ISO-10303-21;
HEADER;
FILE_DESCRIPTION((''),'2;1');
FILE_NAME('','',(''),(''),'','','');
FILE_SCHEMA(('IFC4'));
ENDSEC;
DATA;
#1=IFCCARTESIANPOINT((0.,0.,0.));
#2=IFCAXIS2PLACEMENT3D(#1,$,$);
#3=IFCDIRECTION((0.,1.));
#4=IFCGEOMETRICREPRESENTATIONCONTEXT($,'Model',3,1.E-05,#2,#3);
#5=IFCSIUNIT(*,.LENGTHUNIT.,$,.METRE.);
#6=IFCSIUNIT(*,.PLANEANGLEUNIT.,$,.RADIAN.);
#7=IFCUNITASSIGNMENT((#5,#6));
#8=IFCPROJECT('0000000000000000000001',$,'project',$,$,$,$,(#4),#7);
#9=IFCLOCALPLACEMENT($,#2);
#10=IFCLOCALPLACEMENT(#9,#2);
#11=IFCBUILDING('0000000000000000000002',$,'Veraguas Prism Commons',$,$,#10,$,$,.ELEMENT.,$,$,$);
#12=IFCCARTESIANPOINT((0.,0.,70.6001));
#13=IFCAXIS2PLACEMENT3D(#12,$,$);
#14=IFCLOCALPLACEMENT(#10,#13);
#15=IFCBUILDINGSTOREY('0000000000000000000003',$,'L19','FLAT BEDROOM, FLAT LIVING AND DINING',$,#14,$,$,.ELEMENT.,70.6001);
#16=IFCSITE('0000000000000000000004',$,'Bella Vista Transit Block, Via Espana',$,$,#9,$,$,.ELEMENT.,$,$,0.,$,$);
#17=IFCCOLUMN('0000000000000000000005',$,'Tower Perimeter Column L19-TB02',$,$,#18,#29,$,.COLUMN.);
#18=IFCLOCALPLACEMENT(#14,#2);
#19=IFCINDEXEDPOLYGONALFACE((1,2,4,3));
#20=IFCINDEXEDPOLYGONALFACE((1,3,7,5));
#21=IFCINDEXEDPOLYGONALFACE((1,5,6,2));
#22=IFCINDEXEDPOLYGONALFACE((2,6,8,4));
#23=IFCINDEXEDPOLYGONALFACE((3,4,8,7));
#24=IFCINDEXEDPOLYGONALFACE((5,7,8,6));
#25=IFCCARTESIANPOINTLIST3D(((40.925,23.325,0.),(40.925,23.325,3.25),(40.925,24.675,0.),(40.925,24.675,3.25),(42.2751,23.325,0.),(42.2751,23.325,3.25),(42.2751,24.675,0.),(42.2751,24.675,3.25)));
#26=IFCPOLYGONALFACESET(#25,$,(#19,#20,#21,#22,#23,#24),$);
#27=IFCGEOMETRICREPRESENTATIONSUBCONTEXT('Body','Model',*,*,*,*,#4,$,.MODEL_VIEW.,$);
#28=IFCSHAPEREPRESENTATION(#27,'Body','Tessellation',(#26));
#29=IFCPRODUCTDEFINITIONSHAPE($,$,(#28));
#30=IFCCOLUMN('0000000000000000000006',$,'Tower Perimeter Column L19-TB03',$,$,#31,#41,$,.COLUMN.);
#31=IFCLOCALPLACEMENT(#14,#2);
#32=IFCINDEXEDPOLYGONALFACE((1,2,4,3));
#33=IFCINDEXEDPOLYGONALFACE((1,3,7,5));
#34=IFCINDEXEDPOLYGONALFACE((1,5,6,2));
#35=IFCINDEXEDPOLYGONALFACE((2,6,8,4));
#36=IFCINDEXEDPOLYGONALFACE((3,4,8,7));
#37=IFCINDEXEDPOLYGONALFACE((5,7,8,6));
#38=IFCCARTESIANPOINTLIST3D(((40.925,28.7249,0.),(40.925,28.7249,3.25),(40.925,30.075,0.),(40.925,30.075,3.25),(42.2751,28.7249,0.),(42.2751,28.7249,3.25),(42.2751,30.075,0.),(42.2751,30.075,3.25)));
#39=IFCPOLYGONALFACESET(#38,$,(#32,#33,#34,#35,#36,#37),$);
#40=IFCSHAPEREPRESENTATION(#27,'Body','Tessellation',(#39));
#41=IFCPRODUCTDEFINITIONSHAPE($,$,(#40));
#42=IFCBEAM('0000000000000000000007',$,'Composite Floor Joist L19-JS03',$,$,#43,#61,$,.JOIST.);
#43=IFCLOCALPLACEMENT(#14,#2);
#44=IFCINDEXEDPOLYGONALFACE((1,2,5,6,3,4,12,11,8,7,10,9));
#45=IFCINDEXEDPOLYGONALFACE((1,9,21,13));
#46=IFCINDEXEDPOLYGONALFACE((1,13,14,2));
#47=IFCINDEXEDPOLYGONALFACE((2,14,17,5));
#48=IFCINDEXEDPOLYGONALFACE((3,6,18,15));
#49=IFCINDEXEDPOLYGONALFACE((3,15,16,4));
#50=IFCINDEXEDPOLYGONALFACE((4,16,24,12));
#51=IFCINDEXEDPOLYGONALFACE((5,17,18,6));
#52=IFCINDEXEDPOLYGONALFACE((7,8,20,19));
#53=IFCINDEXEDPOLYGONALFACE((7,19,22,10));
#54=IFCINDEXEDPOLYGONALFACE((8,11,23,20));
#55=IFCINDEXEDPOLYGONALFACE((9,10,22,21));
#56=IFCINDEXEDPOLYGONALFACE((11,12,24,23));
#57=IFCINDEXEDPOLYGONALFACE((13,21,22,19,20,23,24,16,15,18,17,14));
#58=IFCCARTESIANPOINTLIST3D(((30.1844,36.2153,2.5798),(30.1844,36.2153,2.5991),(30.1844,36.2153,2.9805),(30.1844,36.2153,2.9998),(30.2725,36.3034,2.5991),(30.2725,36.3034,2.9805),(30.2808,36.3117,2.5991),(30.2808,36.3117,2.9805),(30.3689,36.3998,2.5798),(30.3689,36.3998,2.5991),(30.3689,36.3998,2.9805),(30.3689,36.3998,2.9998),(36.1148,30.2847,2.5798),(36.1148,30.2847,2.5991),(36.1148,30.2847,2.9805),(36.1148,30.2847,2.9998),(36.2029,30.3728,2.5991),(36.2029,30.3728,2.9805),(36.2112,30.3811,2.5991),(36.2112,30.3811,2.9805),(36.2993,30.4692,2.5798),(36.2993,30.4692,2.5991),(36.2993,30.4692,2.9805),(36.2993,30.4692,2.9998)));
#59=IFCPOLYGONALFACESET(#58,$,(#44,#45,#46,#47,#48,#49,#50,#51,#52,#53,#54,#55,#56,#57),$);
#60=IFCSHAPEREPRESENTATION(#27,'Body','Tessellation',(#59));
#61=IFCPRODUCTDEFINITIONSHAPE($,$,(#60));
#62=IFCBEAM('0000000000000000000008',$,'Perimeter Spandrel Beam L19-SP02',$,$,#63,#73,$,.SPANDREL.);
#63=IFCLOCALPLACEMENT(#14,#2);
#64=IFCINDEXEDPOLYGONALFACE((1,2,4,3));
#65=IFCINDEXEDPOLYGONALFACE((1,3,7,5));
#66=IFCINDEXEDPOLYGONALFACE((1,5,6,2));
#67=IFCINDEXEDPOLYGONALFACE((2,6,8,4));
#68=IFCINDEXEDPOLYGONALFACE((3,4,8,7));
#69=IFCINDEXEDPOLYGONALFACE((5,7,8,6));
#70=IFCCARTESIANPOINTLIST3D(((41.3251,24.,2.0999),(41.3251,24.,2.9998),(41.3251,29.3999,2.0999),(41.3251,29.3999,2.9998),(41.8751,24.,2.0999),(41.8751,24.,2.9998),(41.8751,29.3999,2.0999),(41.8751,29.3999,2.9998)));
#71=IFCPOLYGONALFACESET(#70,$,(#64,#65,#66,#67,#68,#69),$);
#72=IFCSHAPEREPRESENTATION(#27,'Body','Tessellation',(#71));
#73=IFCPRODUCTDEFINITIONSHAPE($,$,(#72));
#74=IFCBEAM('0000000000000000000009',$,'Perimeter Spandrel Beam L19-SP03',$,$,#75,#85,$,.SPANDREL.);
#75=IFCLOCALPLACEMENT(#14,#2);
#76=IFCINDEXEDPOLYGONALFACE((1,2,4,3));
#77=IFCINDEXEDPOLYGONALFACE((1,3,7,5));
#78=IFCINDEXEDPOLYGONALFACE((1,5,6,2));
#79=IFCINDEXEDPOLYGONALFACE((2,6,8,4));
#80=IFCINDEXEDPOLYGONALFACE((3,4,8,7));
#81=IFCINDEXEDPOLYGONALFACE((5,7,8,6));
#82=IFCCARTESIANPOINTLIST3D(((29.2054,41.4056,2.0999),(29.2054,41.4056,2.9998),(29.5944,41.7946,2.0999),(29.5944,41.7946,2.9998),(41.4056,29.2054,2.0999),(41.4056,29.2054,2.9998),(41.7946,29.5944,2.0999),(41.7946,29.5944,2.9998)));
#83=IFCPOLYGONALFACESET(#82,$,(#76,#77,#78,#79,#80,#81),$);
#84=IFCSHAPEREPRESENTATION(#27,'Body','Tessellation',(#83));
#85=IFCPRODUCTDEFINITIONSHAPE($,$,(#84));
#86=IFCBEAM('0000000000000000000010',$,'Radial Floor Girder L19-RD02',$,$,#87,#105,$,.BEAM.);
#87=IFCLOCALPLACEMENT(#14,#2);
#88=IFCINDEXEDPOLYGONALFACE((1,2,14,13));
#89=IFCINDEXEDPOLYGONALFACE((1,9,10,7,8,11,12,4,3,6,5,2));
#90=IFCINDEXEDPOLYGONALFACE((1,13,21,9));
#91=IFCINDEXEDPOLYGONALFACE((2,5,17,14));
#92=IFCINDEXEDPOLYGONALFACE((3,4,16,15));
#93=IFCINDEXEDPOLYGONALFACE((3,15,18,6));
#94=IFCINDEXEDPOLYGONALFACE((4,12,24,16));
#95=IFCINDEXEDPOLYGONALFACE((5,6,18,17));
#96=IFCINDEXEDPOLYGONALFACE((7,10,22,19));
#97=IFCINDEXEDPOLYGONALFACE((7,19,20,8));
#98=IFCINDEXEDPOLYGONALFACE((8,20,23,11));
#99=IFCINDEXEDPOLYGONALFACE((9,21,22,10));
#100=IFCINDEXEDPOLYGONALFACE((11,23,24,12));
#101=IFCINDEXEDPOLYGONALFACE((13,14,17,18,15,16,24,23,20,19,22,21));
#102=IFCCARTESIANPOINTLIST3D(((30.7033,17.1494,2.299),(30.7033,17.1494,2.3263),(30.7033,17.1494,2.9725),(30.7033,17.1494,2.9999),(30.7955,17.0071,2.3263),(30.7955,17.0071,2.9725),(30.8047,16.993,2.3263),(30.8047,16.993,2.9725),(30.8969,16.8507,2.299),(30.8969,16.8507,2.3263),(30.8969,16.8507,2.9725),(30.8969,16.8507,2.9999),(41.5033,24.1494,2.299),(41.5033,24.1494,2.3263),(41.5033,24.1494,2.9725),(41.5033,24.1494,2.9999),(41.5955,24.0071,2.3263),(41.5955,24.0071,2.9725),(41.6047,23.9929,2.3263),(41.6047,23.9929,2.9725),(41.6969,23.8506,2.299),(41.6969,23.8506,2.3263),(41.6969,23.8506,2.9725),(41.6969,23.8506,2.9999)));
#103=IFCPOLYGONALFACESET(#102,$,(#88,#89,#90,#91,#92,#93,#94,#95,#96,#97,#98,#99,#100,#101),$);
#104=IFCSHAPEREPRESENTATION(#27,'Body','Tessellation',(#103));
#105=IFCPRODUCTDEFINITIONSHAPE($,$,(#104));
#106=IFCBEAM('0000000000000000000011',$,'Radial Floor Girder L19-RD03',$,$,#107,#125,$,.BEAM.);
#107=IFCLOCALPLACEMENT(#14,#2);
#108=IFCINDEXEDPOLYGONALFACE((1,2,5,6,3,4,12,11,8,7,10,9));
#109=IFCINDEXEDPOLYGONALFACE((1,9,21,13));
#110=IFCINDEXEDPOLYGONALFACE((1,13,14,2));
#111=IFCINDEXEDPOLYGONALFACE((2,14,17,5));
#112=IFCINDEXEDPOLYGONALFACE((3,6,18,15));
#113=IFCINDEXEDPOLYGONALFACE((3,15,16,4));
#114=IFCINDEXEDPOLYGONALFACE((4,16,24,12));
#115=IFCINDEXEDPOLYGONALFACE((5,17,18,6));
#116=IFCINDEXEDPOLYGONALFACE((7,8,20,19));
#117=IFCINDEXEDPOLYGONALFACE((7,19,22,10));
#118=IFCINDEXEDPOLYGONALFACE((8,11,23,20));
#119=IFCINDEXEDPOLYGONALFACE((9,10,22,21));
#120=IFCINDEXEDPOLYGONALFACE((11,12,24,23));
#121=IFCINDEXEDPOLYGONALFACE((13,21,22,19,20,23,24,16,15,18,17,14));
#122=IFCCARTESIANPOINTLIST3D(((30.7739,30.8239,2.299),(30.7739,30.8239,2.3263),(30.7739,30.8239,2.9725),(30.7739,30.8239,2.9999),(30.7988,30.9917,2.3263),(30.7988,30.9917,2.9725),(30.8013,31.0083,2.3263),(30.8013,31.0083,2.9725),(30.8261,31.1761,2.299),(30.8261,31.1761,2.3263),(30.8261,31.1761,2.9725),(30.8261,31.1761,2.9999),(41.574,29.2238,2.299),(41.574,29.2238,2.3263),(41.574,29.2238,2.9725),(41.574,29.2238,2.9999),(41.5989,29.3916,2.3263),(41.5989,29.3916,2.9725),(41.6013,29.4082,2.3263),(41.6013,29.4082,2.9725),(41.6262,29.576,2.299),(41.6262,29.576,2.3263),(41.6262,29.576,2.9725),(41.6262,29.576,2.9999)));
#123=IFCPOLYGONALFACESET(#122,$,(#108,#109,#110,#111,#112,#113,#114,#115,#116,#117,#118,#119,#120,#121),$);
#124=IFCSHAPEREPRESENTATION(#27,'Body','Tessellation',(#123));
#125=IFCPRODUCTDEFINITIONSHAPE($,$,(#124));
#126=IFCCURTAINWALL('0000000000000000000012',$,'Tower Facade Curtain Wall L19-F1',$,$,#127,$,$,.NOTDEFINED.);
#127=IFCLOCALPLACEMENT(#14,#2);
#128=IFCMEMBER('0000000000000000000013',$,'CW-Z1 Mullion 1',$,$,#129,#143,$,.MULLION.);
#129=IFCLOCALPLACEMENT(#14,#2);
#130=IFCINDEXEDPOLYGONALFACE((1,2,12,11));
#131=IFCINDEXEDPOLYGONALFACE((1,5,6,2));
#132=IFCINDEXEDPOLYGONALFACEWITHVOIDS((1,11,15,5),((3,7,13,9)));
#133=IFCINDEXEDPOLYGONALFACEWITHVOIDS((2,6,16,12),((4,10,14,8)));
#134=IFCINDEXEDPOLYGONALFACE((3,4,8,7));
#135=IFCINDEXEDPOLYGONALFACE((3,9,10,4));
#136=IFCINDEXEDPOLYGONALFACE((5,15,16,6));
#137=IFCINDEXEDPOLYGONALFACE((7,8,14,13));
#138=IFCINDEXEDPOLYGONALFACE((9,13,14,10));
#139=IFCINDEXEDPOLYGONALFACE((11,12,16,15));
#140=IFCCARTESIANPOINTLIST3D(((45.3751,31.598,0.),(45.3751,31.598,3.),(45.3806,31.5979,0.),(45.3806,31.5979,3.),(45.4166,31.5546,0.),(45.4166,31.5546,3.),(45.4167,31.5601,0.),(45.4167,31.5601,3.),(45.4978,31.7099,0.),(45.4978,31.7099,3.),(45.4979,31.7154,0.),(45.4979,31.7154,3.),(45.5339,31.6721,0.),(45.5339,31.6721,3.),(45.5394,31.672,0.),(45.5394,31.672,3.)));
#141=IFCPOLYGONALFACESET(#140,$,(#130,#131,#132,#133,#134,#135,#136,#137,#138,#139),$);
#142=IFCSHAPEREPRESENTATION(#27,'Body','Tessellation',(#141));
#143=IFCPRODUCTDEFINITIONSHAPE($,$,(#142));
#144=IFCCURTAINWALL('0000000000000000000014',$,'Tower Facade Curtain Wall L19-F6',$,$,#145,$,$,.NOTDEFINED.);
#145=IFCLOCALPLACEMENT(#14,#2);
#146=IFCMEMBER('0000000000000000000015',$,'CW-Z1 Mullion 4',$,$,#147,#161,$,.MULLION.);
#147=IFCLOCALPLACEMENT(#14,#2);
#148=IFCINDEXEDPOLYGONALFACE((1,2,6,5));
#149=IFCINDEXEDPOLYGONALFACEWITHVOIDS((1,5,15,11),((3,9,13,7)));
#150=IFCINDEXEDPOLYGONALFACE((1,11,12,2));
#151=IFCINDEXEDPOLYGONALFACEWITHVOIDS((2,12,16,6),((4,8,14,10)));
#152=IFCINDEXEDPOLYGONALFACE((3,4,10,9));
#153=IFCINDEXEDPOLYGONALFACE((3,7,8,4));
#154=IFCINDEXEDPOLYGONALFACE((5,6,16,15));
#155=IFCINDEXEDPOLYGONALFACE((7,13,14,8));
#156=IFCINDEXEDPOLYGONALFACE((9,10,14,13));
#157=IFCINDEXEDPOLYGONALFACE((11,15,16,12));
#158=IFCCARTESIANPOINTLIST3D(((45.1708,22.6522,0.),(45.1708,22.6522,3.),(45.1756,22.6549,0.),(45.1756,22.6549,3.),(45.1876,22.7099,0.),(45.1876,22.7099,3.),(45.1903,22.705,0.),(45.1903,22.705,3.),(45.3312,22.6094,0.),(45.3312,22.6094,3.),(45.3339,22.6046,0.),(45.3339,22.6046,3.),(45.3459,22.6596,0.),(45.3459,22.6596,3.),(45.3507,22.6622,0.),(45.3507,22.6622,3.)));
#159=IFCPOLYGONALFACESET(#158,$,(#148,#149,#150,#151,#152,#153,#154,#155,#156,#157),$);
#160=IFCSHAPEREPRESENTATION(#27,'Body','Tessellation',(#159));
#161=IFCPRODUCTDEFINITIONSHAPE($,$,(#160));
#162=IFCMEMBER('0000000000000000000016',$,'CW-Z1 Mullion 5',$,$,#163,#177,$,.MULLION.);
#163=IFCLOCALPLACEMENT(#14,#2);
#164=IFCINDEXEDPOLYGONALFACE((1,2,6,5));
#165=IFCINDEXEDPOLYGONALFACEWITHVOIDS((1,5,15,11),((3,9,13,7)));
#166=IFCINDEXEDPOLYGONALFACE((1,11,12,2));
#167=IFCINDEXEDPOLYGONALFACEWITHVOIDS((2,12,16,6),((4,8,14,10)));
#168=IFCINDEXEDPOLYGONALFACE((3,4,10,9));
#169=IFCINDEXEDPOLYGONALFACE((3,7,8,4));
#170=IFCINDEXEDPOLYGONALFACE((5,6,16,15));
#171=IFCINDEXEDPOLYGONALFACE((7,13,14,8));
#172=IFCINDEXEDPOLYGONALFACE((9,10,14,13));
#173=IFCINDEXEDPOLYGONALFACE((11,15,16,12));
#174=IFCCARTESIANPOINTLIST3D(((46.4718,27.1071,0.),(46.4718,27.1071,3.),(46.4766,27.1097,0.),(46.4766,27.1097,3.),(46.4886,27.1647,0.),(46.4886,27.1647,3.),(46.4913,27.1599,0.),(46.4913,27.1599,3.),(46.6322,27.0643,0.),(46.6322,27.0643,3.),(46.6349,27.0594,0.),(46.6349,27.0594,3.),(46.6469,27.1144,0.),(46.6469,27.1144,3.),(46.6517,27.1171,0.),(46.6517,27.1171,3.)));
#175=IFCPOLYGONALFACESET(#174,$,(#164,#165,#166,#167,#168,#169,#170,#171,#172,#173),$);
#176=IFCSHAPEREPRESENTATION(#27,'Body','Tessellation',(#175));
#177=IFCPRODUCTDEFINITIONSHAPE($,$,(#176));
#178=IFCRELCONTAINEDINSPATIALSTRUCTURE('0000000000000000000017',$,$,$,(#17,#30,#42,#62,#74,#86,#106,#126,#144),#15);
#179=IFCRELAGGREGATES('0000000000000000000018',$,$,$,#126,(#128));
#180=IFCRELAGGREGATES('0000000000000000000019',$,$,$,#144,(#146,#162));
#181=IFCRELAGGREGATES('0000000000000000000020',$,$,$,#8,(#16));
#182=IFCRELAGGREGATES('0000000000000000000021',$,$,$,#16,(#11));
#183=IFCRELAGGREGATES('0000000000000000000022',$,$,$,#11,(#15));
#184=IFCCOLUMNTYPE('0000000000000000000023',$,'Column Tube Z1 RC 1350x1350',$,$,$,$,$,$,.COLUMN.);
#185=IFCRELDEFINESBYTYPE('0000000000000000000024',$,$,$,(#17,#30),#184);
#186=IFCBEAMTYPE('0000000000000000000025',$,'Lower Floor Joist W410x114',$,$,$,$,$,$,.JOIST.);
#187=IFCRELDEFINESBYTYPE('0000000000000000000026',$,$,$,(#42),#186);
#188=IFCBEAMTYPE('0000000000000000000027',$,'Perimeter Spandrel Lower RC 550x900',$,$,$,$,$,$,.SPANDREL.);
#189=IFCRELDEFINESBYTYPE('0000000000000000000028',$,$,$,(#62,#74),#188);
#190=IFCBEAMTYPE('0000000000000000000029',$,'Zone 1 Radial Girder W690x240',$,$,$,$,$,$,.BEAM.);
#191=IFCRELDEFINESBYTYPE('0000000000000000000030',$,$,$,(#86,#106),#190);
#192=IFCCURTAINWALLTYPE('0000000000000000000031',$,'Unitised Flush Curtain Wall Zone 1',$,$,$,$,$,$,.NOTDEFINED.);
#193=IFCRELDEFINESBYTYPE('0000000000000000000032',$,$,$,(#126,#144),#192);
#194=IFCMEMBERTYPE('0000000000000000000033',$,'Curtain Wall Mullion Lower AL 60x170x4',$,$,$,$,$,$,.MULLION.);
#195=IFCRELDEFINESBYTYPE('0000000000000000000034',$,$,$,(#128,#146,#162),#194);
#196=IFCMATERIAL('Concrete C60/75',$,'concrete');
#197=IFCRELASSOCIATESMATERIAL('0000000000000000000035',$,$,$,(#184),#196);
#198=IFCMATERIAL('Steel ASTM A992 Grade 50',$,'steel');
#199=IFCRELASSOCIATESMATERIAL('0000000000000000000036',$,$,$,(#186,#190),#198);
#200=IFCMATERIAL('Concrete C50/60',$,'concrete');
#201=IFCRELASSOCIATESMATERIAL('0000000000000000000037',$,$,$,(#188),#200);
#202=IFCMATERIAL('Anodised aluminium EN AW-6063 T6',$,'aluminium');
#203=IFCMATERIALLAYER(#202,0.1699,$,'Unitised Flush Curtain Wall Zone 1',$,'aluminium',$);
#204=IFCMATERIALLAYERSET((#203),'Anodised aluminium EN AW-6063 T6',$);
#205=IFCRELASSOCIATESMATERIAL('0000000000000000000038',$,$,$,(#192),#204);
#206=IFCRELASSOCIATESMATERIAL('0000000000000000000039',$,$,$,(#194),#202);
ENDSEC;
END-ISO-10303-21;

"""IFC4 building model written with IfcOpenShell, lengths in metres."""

from ifc_helpers import new_model, si_unit, direction, frame, origin, origin_2d, place, context, subcontext, project, spatial, rectangle, hollow_rectangle, i_section, extrude, source, transform, mapped, material, layer, layer_set, material_profile, profile_set, type_object, element, aggregate, save


model = new_model("IFC4")

# Units and contexts
model_context = context("Model", 3, precision=1e-05, world=origin(), true_north=direction((0.0, 1.0)))
body_context = subcontext(model_context, "Body", "Model", "MODEL_VIEW")
ifc_project = project(units=[si_unit("LENGTHUNIT", "METRE"), si_unit("PLANEANGLEUNIT", "RADIAN")], contexts=[model_context])

# Site, building, storey
site_placement = place(None, origin())
site = spatial("IfcSite", under=ifc_project, at=site_placement, Name="Bella Vista Transit Block, Via Espana", CompositionType="ELEMENT", RefElevation=0.0)
building_placement = place(site_placement, origin())
building = spatial("IfcBuilding", under=site, at=building_placement, Name="Veraguas Prism Commons", CompositionType="ELEMENT")
storey_placement = place(building_placement, frame((0.0, 0.0, 70.6001)))
storey = spatial("IfcBuildingStorey", under=building, at=storey_placement, Name="L19", Description="FLAT BEDROOM, FLAT LIVING AND DINING", CompositionType="ELEMENT", Elevation=70.6001)

# Columns
ifc_material_1 = material(Name="Concrete C60/75", Category="concrete")
ifc_material_profile_1 = material_profile(ifc_material_1, rectangle(XDim=1.3501, YDim=1.3501, at=origin_2d()), Name="RC1350X1350")
ifc_profile_set_1 = profile_set([ifc_material_profile_1], Name="Concrete C60/75")
column_type = type_object("IfcColumnType", Name="Column Tube Z1 RC 1350x1350", PredefinedType="COLUMN", material=ifc_profile_set_1)
for number, where, z_axis, x_axis, name in (
    (1, (41.6001, 24.0, 0.0), (0.0, 0.0, 1.0), (1.0, 0.0, 0.0), "Tower Perimeter Column L19-TB02"),
    (2, (41.6001, 29.3999, 0.0), (0.0, 0.0, 1.0), (1.0, 0.0, 0.0), "Tower Perimeter Column L19-TB03"),
):
    element("IfcColumn", number, at=place(storey_placement, frame(where, z_axis=z_axis, x_axis=x_axis)), inside=storey, type_object=column_type, Name=name, PredefinedType="COLUMN", context=body_context, shape_type="SweptSolid", body=[
        extrude(rectangle(XDim=1.3501, YDim=1.3501, at=origin_2d()), origin(), (0.0, 0.0, 1.0), 3.25),
    ])

# Beams
ifc_material_2 = material(Name="Steel ASTM A992 Grade 50", Category="steel")
ifc_material_profile_2 = material_profile(ifc_material_2, i_section(OverallWidth=0.261, OverallDepth=0.4199, WebThickness=0.0117, FlangeThickness=0.0193, at=origin_2d()), Name="W410X114")
ifc_profile_set_2 = profile_set([ifc_material_profile_2], Name="Steel ASTM A992 Grade 50")
beam_type_1 = type_object("IfcBeamType", Name="Lower Floor Joist W410x114", PredefinedType="JOIST", material=ifc_profile_set_2)
beam_1_placement = place(storey_placement, frame((36.207, 30.377, 2.7898), z_axis=(-0.707092, 0.707121, 0.0), x_axis=(-0.707121, -0.707092, 0.0)))
element("IfcBeam", 3, at=beam_1_placement, inside=storey, type_object=beam_type_1, Name="Composite Floor Joist L19-JS03", PredefinedType="JOIST", context=body_context, shape_type="SweptSolid", body=[
    extrude(i_section(OverallWidth=0.261, OverallDepth=0.4199, WebThickness=0.0117, FlangeThickness=0.0193, at=origin_2d()), origin(), (0.0, 0.0, 1.0), 8.387),
])
ifc_material_3 = material(Name="Concrete C50/60", Category="concrete")
ifc_material_profile_3 = material_profile(ifc_material_3, rectangle(XDim=0.55, YDim=0.8999, at=origin_2d()), Name="RC550X900")
ifc_profile_set_3 = profile_set([ifc_material_profile_3], Name="Concrete C50/60")
beam_type_2 = type_object("IfcBeamType", Name="Perimeter Spandrel Lower RC 550x900", PredefinedType="SPANDREL", material=ifc_profile_set_3)
beam_2_placement = place(storey_placement, frame((41.6001, 24.0, 2.5498), z_axis=(0.0, 1.0, 0.0), x_axis=(-1.0, 0.0, 0.0)))
element("IfcBeam", 4, at=beam_2_placement, inside=storey, type_object=beam_type_2, Name="Perimeter Spandrel Beam L19-SP02", PredefinedType="SPANDREL", context=body_context, shape_type="SweptSolid", body=[
    extrude(rectangle(XDim=0.55, YDim=0.8999, at=origin_2d()), origin(), (0.0, 0.0, 1.0), 5.3999),
])
beam_3_placement = place(storey_placement, frame((41.6001, 29.3999, 2.5498), z_axis=(-0.707107, 0.707107, 0.0), x_axis=(-0.707107, -0.707107, 0.0)))
element("IfcBeam", 5, at=beam_3_placement, inside=storey, type_object=beam_type_2, Name="Perimeter Spandrel Beam L19-SP03", PredefinedType="SPANDREL", context=body_context, shape_type="SweptSolid", body=[
    extrude(rectangle(XDim=0.55, YDim=0.8999, at=origin_2d()), origin(), (0.0, 0.0, 1.0), 17.2537),
])
ifc_material_profile_4 = material_profile(ifc_material_2, i_section(OverallWidth=0.356, OverallDepth=0.7009, WebThickness=0.0168, FlangeThickness=0.0273, at=origin_2d()), Name="W690X240")
ifc_profile_set_4 = profile_set([ifc_material_profile_4], Name="Steel ASTM A992 Grade 50")
beam_type_3 = type_object("IfcBeamType", Name="Zone 1 Radial Girder W690x240", PredefinedType="BEAM", material=ifc_profile_set_4)
beam_4_placement = place(storey_placement, frame((41.6001, 24.0, 2.6494), z_axis=(-0.839154, -0.543894, 0.0), x_axis=(0.543894, -0.839154, 0.0)))
element("IfcBeam", 6, at=beam_4_placement, inside=storey, type_object=beam_type_3, Name="Radial Floor Girder L19-RD02", PredefinedType="BEAM", context=body_context, shape_type="SweptSolid", body=[
    extrude(i_section(OverallWidth=0.356, OverallDepth=0.7009, WebThickness=0.0168, FlangeThickness=0.0273, at=origin_2d()), origin(), (0.0, 0.0, 1.0), 12.8701),
])
beam_5_placement = place(storey_placement, frame((41.6001, 29.3999, 2.6494), z_axis=(-0.989202, 0.146557, 0.0), x_axis=(-0.146557, -0.989202, 0.0)))
element("IfcBeam", 7, at=beam_5_placement, inside=storey, type_object=beam_type_3, Name="Radial Floor Girder L19-RD03", PredefinedType="BEAM", context=body_context, shape_type="SweptSolid", body=[
    extrude(i_section(OverallWidth=0.356, OverallDepth=0.7009, WebThickness=0.0168, FlangeThickness=0.0273, at=origin_2d()), origin(), (0.0, 0.0, 1.0), 10.918),
])

# Curtain wall, member
ifc_material_4 = material(Name="Anodised aluminium EN AW-6063 T6", Category="aluminium")
ifc_layer_1 = layer(ifc_material_4, 0.1699, Name="Unitised Flush Curtain Wall Zone 1", Category="aluminium")
ifc_layer_set_1 = layer_set([ifc_layer_1], Name="Anodised aluminium EN AW-6063 T6")
curtain_wall_type = type_object("IfcCurtainWallType", Name="Unitised Flush Curtain Wall Zone 1", PredefinedType="NOTDEFINED", material=ifc_layer_set_1)
curtain_wall_1_placement = place(storey_placement, origin())
curtain_wall_1 = element("IfcCurtainWall", 8, at=curtain_wall_1_placement, inside=storey, type_object=curtain_wall_type, Name="Tower Facade Curtain Wall L19-F1", PredefinedType="NOTDEFINED")
ifc_material_profile_5 = material_profile(ifc_material_4, hollow_rectangle(XDim=0.0601, YDim=0.1699, WallThickness=0.0039, at=origin_2d()), Name="AL60X170X4")
ifc_profile_set_5 = profile_set([ifc_material_profile_5], Name="Anodised aluminium EN AW-6063 T6")
member_type = type_object("IfcMemberType", Name="Curtain Wall Mullion Lower AL 60x170x4", PredefinedType="MULLION", material=ifc_profile_set_5)
shared_shape_1 = source(origin(), body_context, "Body", "SweptSolid", [
    extrude(hollow_rectangle(XDim=0.0601, YDim=0.1699, WallThickness=0.0039, at=origin_2d()), origin(), (0.0, 0.0, 1.0), 3.0),
])
member_1_placement = place(storey_placement, frame((45.4573, 31.635, 0.0), z_axis=(0.0, 0.0, 1.0), x_axis=(-0.691136, 0.722725, 0.0)))
member_1 = element("IfcMember", 9, at=member_1_placement, type_object=member_type, Name="CW-Z1 Mullion 1", PredefinedType="MULLION", context=body_context, shape_type="MappedRepresentation", body=[
    mapped(shared_shape_1, transform((0.0, 0.0, 0.0), scale=1.0)),
])
aggregate(curtain_wall_1, [member_1])

# Curtain wall, members
curtain_wall_2_placement = place(storey_placement, origin())
curtain_wall_2 = element("IfcCurtainWall", 10, at=curtain_wall_2_placement, inside=storey, type_object=curtain_wall_type, Name="Tower Facade Curtain Wall L19-F6", PredefinedType="NOTDEFINED")
member_2_placement = place(storey_placement, frame((45.2607, 22.6572, 0.0), z_axis=(0.0, 0.0, 1.0), x_axis=(0.280333, 0.959903, 0.0)))
member_2 = element("IfcMember", 11, at=member_2_placement, type_object=member_type, Name="CW-Z1 Mullion 4", PredefinedType="MULLION", context=body_context, shape_type="MappedRepresentation", body=[
    mapped(shared_shape_1, transform((0.0, 0.0, 0.0), scale=1.0)),
])
member_3_placement = place(storey_placement, frame((46.5618, 27.1121, 0.0), z_axis=(0.0, 0.0, 1.0), x_axis=(0.280333, 0.959903, 0.0)))
member_3 = element("IfcMember", 12, at=member_3_placement, type_object=member_type, Name="CW-Z1 Mullion 5", PredefinedType="MULLION", context=body_context, shape_type="MappedRepresentation", body=[
    mapped(shared_shape_1, transform((0.0, 0.0, 0.0), scale=1.0)),
])
aggregate(curtain_wall_2, [member_2, member_3])

save(model, "model.ifc")
